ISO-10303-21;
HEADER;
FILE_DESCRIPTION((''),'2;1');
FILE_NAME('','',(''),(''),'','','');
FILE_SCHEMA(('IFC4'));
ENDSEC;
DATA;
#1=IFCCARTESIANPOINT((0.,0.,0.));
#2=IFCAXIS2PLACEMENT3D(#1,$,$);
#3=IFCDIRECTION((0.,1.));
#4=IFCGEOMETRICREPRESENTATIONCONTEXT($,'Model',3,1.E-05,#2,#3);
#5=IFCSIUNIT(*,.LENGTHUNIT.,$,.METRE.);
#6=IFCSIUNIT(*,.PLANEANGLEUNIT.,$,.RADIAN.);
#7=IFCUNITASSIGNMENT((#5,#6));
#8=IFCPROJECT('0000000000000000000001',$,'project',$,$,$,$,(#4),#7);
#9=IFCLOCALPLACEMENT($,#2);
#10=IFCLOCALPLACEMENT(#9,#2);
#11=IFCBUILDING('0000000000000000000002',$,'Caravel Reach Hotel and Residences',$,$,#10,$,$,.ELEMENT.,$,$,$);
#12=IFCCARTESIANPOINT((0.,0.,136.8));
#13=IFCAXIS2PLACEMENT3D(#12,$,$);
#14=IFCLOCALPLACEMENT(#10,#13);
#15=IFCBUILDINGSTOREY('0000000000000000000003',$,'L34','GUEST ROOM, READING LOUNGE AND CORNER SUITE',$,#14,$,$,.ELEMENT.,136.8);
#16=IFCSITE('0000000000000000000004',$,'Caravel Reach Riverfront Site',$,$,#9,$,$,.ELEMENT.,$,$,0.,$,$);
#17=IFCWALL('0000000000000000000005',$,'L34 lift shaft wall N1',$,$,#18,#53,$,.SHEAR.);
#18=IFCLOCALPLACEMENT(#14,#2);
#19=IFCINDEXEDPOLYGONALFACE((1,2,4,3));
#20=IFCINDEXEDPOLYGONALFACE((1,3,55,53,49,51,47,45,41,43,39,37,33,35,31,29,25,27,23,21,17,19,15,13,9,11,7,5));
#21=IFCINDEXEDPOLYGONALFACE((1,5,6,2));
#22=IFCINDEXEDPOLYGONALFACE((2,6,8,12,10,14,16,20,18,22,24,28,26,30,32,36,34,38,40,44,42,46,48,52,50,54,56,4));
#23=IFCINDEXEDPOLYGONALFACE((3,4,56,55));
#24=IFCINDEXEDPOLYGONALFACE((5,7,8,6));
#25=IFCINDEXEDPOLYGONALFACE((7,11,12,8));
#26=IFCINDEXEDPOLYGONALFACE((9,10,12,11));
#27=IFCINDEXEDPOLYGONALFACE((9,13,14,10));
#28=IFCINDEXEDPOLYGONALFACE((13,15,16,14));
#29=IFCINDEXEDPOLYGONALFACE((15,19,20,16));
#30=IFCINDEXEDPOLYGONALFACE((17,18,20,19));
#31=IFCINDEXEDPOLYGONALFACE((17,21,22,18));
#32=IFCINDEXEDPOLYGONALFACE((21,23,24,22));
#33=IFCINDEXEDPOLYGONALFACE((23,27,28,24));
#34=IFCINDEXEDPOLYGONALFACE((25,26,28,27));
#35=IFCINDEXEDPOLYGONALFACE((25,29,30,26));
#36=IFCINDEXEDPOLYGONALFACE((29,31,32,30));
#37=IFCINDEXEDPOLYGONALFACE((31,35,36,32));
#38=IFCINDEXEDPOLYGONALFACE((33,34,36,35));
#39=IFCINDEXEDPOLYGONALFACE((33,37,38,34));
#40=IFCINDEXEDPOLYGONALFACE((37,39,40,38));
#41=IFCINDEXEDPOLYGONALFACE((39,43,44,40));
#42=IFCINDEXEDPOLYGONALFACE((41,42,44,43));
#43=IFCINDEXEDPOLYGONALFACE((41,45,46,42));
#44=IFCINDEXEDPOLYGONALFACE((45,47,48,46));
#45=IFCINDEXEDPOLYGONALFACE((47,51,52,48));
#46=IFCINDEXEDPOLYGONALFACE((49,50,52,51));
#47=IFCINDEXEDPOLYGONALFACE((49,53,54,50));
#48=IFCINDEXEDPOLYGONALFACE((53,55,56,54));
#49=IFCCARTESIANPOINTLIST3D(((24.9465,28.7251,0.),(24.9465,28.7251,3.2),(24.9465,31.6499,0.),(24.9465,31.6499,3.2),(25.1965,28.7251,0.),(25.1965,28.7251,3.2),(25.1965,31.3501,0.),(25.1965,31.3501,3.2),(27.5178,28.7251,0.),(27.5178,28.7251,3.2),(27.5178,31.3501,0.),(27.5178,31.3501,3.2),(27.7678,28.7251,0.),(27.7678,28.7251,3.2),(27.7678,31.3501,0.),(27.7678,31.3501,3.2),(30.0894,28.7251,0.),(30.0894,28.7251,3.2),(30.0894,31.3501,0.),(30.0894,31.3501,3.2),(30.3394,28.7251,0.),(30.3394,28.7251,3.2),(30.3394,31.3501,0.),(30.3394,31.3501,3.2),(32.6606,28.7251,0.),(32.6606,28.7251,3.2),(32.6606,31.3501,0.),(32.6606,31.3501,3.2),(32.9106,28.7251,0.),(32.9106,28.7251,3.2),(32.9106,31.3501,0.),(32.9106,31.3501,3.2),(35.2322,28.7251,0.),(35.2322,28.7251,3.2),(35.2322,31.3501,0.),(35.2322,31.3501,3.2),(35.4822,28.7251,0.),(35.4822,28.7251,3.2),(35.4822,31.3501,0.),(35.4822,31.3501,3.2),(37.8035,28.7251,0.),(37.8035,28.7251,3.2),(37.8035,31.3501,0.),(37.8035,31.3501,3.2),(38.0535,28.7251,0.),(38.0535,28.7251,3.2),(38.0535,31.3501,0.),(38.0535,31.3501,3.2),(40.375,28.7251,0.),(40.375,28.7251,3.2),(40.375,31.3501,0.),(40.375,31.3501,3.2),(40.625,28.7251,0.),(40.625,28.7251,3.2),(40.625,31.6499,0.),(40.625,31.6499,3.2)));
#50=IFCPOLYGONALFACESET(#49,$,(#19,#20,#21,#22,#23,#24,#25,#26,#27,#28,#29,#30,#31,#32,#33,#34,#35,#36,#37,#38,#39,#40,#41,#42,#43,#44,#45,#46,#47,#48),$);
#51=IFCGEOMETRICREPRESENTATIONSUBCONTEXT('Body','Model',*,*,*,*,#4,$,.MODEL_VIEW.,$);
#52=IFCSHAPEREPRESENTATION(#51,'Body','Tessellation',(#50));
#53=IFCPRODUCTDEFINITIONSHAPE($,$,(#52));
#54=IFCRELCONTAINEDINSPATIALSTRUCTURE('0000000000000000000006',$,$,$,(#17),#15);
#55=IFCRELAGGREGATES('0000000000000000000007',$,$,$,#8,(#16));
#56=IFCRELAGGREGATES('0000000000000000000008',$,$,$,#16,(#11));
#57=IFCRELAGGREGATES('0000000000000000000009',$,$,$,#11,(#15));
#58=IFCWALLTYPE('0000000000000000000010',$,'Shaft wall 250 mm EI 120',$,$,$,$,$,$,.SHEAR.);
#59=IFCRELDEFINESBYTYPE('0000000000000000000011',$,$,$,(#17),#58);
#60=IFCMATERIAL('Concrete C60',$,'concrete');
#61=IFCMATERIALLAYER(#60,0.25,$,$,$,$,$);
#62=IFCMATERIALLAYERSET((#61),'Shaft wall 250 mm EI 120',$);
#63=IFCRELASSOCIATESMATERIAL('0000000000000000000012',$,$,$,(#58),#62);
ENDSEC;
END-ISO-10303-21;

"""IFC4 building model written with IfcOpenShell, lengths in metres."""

from ifc_helpers import new_model, si_unit, direction, frame, origin, place, context, subcontext, project, spatial, polyline, outline, extrude, material, layer, layer_set, type_object, element, save


model = new_model("IFC4")

# Units and contexts
model_context = context("Model", 3, precision=1e-05, world=origin(), true_north=direction((0.0, 1.0)))
body_context = subcontext(model_context, "Body", "Model", "MODEL_VIEW")
ifc_project = project(units=[si_unit("LENGTHUNIT", "METRE"), si_unit("PLANEANGLEUNIT", "RADIAN")], contexts=[model_context])

# Site, building, storey
site_placement = place(None, origin())
site = spatial("IfcSite", under=ifc_project, at=site_placement, Name="Caravel Reach Riverfront Site", CompositionType="ELEMENT", RefElevation=0.0)
building_placement = place(site_placement, origin())
building = spatial("IfcBuilding", under=site, at=building_placement, Name="Caravel Reach Hotel and Residences", CompositionType="ELEMENT")
storey_placement = place(building_placement, frame((0.0, 0.0, 136.8)))
storey = spatial("IfcBuildingStorey", under=building, at=storey_placement, Name="L34", Description="GUEST ROOM, READING LOUNGE AND CORNER SUITE", CompositionType="ELEMENT", Elevation=136.8)

# Wall
ifc_material_1 = material(Name="Concrete C60", Category="concrete")
ifc_layer_1 = layer(ifc_material_1, 0.25)
ifc_layer_set_1 = layer_set([ifc_layer_1], Name="Shaft wall 250 mm EI 120")
wall_type_1 = type_object("IfcWallType", Name="Shaft wall 250 mm EI 120", PredefinedType="SHEAR", material=ifc_layer_set_1)
wall_1_placement = place(storey_placement, origin())
element("IfcWall", 1, at=wall_1_placement, inside=storey, type_object=wall_type_1, Name="L34 lift shaft wall N1", PredefinedType="SHEAR", context=body_context, shape_type="SweptSolid", body=[
    extrude(outline(polyline([(24.9465, 28.7251), (25.1965, 28.7251), (25.1965, 31.3501), (27.5178, 31.3501), (27.5178, 28.7251), (27.7678, 28.7251), (27.7678, 31.3501), (30.0894, 31.3501), (30.0894, 28.7251), (30.3394, 28.7251), (30.3394, 31.3501), (32.6606, 31.3501), (32.6606, 28.7251), (32.9106, 28.7251), (32.9106, 31.3501), (35.2322, 31.3501), (35.2322, 28.7251), (35.4822, 28.7251), (35.4822, 31.3501), (37.8035, 31.3501), (37.8035, 28.7251), (38.0535, 28.7251), (38.0535, 31.3501), (40.375, 31.3501), (40.375, 28.7251), (40.625, 28.7251), (40.625, 31.6499), (24.9465, 31.6499), (24.9465, 28.7251)])), origin(), (0.0, 0.0, 1.0), 3.2),
])

save(model, "model.ifc")
